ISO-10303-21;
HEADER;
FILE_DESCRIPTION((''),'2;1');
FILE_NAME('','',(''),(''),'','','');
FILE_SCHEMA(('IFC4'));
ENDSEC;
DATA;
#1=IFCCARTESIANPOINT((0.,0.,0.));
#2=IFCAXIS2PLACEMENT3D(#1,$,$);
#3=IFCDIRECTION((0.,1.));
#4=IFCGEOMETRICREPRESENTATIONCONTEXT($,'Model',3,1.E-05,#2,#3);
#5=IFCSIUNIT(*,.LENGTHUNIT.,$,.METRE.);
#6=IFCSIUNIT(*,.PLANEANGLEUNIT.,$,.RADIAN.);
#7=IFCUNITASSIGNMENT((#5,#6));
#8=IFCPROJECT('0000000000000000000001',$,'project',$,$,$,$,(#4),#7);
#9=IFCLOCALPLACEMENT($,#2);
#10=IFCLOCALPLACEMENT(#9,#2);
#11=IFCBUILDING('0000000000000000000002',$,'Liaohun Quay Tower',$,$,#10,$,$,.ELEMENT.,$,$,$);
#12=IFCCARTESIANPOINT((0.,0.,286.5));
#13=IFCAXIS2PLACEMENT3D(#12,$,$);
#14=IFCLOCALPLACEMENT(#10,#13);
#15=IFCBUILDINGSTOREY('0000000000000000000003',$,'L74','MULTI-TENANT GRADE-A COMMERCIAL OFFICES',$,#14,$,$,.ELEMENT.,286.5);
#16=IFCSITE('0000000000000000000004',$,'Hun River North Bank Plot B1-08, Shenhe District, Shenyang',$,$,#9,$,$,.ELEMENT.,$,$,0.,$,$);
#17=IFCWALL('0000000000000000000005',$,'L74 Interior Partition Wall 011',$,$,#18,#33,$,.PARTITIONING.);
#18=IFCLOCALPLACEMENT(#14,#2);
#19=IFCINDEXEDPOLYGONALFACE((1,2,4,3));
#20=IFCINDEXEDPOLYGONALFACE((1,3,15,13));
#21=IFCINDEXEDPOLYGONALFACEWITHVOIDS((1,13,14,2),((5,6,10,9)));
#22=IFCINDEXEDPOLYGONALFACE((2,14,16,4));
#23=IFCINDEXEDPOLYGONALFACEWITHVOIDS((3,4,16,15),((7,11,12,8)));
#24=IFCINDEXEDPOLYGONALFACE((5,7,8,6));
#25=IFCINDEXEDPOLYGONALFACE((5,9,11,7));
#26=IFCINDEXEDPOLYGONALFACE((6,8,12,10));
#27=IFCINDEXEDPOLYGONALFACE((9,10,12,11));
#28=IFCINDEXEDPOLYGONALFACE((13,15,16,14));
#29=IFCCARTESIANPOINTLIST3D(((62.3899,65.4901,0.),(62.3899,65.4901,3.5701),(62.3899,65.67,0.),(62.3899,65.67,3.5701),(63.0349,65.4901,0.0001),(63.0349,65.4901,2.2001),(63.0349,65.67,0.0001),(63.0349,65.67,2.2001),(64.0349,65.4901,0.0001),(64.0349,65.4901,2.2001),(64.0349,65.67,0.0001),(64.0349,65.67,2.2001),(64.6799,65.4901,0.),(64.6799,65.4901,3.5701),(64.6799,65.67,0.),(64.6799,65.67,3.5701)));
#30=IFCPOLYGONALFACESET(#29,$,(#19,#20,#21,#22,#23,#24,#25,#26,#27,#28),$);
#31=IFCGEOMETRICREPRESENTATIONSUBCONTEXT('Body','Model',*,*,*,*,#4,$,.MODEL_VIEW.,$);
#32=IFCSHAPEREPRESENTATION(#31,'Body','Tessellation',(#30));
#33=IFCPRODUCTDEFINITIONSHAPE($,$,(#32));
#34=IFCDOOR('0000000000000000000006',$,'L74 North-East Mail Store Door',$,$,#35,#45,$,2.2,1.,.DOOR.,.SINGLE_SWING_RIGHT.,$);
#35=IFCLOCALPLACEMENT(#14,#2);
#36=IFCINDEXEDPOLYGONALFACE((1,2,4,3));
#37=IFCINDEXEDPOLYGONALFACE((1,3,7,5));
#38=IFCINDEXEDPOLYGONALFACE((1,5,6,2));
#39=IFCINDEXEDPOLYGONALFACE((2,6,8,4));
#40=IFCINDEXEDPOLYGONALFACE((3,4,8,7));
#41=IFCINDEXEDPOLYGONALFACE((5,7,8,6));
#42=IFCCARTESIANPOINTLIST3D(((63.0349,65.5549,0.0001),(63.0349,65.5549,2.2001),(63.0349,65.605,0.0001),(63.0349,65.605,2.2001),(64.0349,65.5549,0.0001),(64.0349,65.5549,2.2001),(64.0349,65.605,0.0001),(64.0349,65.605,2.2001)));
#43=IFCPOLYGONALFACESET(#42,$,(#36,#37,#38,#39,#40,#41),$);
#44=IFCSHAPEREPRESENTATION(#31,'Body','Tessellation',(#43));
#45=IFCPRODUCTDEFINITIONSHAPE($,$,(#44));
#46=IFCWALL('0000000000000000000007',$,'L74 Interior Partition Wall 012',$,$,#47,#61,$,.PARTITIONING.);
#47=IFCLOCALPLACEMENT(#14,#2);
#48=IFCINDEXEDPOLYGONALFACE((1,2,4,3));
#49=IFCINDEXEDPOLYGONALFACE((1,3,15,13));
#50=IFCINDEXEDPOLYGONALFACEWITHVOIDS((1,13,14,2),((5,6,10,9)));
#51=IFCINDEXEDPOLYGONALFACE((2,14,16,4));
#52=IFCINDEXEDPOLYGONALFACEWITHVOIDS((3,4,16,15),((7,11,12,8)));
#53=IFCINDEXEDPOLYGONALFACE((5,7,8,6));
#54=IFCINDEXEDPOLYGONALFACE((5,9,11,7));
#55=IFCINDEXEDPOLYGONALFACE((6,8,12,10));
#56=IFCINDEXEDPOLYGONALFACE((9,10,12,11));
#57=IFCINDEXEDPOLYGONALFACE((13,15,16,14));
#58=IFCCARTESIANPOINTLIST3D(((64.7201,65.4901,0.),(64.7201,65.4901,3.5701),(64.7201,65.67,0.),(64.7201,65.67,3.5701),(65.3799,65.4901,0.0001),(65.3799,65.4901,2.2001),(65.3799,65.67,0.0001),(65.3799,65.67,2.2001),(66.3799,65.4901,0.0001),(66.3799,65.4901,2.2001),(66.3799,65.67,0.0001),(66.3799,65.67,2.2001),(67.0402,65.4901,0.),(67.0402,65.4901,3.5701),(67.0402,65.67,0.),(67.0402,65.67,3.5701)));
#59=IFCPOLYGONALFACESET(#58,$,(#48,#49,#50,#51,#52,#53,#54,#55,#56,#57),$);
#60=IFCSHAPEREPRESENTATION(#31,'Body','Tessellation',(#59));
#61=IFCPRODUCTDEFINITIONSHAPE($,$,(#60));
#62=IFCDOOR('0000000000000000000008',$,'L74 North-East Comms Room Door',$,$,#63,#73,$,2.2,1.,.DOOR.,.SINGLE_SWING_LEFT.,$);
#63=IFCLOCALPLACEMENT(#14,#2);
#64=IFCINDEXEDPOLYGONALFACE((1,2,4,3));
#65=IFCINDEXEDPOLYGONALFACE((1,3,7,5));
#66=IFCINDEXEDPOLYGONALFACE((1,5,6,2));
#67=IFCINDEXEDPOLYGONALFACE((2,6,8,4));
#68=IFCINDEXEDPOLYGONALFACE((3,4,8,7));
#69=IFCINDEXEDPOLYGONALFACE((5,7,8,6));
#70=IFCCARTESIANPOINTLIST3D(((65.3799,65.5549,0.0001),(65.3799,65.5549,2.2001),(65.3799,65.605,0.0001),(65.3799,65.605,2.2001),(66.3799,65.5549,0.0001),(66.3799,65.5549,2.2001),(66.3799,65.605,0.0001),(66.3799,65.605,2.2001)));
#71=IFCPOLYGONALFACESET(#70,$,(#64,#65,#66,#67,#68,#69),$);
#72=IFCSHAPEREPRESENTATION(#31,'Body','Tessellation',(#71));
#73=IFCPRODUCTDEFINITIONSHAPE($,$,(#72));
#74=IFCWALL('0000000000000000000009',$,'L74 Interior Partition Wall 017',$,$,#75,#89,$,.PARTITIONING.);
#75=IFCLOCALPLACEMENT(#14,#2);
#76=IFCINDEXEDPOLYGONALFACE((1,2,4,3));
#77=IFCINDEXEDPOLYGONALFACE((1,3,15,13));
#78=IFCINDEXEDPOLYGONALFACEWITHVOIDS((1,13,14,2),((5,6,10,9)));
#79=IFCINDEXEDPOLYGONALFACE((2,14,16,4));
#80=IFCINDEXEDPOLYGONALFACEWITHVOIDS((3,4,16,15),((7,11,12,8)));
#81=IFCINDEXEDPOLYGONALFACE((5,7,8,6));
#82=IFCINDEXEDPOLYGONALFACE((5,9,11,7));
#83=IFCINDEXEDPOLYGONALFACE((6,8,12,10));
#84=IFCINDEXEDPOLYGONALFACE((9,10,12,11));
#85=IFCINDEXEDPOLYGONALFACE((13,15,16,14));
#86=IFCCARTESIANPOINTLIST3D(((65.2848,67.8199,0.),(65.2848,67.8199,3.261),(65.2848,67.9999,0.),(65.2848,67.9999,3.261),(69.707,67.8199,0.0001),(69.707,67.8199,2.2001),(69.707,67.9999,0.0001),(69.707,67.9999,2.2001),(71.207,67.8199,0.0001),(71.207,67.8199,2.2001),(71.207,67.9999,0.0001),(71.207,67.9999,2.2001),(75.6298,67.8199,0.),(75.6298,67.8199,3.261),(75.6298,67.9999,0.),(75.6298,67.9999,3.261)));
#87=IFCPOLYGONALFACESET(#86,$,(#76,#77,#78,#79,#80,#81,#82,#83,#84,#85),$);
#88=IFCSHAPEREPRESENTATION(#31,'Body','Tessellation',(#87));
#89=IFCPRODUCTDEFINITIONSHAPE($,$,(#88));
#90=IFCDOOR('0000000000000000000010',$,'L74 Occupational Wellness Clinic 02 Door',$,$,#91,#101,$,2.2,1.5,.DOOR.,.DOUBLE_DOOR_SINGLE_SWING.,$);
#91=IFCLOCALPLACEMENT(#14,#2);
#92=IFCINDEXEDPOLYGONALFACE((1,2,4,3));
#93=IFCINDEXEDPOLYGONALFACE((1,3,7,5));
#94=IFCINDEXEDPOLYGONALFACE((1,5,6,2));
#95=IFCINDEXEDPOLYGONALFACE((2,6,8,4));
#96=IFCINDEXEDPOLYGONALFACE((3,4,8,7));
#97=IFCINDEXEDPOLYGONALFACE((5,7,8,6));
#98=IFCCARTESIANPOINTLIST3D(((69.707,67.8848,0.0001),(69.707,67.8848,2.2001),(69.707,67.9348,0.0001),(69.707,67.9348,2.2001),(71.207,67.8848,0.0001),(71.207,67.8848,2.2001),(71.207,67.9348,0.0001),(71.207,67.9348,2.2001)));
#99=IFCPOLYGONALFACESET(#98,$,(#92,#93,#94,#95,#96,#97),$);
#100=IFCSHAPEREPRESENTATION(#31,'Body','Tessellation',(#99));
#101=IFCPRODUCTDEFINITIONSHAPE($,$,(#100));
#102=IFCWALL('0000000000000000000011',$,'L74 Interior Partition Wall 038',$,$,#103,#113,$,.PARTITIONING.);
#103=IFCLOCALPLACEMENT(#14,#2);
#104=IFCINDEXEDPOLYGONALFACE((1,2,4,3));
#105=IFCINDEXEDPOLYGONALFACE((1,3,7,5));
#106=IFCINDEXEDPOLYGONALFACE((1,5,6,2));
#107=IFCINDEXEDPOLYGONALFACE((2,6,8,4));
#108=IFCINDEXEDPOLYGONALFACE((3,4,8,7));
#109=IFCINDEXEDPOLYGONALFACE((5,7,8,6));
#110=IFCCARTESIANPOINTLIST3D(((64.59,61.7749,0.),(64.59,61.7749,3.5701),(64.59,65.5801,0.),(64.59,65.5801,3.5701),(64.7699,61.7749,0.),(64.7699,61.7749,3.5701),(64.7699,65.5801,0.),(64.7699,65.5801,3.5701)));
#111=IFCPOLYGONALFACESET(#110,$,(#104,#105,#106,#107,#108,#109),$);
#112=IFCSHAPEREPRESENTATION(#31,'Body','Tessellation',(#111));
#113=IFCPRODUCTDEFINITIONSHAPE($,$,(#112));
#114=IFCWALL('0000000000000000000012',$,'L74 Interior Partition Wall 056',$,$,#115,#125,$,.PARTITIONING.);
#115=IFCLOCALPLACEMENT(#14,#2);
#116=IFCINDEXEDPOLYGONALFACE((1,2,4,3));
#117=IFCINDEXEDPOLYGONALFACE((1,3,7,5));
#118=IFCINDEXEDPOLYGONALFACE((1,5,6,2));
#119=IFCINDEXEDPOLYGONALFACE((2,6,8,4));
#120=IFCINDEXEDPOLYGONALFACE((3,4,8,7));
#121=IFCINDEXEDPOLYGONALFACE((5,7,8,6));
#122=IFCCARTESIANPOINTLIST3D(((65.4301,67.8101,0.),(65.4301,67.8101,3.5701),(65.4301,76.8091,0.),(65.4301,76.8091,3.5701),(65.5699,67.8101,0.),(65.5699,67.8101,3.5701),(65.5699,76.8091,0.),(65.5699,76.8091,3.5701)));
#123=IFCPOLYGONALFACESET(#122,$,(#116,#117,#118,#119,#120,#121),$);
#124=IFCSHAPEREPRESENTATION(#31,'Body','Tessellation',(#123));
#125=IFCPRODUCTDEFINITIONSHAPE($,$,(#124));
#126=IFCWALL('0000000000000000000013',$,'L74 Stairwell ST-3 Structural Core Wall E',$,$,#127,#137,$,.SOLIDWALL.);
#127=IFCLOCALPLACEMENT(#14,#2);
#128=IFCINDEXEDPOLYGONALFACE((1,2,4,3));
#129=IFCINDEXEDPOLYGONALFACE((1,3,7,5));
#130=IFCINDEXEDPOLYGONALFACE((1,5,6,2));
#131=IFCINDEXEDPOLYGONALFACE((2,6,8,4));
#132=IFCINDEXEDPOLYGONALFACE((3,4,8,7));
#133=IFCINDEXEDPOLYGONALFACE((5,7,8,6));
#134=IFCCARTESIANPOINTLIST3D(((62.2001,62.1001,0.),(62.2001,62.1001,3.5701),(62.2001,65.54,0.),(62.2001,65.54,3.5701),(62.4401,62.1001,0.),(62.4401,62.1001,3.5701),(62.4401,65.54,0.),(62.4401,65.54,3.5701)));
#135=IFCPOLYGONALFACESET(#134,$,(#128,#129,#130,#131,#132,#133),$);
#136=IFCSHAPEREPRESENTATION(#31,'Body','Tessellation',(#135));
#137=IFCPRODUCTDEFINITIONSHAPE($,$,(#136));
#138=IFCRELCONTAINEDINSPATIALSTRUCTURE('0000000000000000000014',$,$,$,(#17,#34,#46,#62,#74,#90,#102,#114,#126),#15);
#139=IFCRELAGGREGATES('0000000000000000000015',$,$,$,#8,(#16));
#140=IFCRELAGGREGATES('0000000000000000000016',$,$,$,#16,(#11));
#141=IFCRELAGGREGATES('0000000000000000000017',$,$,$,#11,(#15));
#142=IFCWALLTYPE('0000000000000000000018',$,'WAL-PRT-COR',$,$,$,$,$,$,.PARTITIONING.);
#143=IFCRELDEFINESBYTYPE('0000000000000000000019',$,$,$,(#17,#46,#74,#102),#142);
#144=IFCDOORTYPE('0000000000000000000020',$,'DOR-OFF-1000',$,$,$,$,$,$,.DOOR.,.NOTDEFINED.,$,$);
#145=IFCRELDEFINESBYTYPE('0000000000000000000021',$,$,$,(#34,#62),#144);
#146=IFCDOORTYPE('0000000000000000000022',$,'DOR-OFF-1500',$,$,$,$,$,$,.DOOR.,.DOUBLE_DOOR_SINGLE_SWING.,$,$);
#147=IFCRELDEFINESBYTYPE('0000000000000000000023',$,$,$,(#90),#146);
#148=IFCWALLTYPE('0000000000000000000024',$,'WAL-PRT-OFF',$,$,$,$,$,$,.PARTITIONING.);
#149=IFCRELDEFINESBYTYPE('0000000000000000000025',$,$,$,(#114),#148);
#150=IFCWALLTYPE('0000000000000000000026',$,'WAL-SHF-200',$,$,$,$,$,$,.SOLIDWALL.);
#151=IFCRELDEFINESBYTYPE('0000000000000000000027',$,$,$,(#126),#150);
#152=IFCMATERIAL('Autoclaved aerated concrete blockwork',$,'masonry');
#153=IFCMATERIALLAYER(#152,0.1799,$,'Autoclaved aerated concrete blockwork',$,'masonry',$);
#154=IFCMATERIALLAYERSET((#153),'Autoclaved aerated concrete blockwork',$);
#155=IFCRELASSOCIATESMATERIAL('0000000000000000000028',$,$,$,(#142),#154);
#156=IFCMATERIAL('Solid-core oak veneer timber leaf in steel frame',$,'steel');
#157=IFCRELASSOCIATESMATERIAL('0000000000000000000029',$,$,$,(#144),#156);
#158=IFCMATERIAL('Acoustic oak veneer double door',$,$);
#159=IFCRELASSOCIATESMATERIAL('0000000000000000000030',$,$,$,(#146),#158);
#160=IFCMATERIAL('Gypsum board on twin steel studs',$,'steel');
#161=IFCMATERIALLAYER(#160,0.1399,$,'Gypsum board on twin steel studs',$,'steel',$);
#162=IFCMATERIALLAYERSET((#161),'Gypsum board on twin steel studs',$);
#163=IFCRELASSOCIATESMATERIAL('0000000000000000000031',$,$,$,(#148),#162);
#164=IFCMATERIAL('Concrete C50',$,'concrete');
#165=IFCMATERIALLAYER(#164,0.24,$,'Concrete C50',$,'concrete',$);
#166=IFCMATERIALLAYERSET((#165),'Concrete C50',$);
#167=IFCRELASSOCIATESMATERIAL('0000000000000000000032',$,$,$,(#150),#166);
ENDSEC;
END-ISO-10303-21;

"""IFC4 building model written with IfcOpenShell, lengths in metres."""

from ifc_helpers import new_model, si_unit, direction, frame, frame_2d, origin, place, context, subcontext, project, spatial, rectangle, extrude, source, transform, mapped, material, layer, layer_set, type_object, element, fill, save


model = new_model("IFC4")

# Units and contexts
model_context = context("Model", 3, precision=1e-05, world=origin(), true_north=direction((0.0, 1.0)))
body_context = subcontext(model_context, "Body", "Model", "MODEL_VIEW")
ifc_project = project(units=[si_unit("LENGTHUNIT", "METRE"), si_unit("PLANEANGLEUNIT", "RADIAN")], contexts=[model_context])

# Site, building, storey
site_placement = place(None, origin())
site = spatial("IfcSite", under=ifc_project, at=site_placement, Name="Hun River North Bank Plot B1-08, Shenhe District, Shenyang", CompositionType="ELEMENT", RefElevation=0.0)
building_placement = place(site_placement, origin())
building = spatial("IfcBuilding", under=site, at=building_placement, Name="Liaohun Quay Tower", CompositionType="ELEMENT")
storey_placement = place(building_placement, frame((0.0, 0.0, 286.5)))
storey = spatial("IfcBuildingStorey", under=building, at=storey_placement, Name="L74", Description="MULTI-TENANT GRADE-A COMMERCIAL OFFICES", CompositionType="ELEMENT", Elevation=286.5)

# Shared definitions
ifc_material_1 = material(Name="Concrete C50", Category="concrete")

# Walls, openings, doors
ifc_material_2 = material(Name="Autoclaved aerated concrete blockwork", Category="masonry")
ifc_layer_1 = layer(ifc_material_2, 0.1799, Name="Autoclaved aerated concrete blockwork", Category="masonry")
ifc_layer_set_1 = layer_set([ifc_layer_1], Name="Autoclaved aerated concrete blockwork")
wall_type_1 = type_object("IfcWallType", Name="WAL-PRT-COR", PredefinedType="PARTITIONING", material=ifc_layer_set_1)
wall_1_placement = place(storey_placement, frame((62.3899, 65.5801, 0.0), z_axis=(0.0, 0.0, 1.0), x_axis=(1.0, 0.0, 0.0)))
wall_1 = element("IfcWall", 1, at=wall_1_placement, inside=storey, type_object=wall_type_1, Name="L74 Interior Partition Wall 011", PredefinedType="PARTITIONING", context=body_context, shape_type="SweptSolid", body=[
    extrude(rectangle(XDim=2.29, YDim=0.1799, at=frame_2d((1.145, 0.0))), origin(), (0.0, 0.0, 1.0), 3.5701),
])
shared_shape_1 = source(origin(), body_context, "Body", "SweptSolid", [
    extrude(rectangle(XDim=1.0, YDim=2.2, at=frame_2d((0.5, 1.1001))), frame((0.0, 0.0999, 0.0), z_axis=(0.0, -1.0, 0.0), x_axis=(1.0, 0.0, 0.0)), (0.0, 0.0, 1.0), 0.2),
])
opening_1_placement = place(wall_1_placement, frame((0.645, 0.0, 0.0)))
opening_1 = element("IfcOpeningElement", 2, at=opening_1_placement, cuts=wall_1, PredefinedType="OPENING", context=body_context, shape_type="MappedRepresentation", body=[
    mapped(shared_shape_1, transform((0.0, 0.0, 0.0), x_axis=(1.0, 0.0, 0.0), y_axis=(0.0, 1.0, 0.0), z_axis=(0.0, 0.0, 1.0), scale=1.0)),
])
ifc_material_3 = material(Name="Solid-core oak veneer timber leaf in steel frame", Category="steel")
door_type_1 = type_object("IfcDoorType", Name="DOR-OFF-1000", OperationType="NOTDEFINED", PredefinedType="DOOR", material=ifc_material_3)
shared_shape_2 = source(origin(), body_context, "Body", "SweptSolid", [
    extrude(rectangle(XDim=1.0, YDim=2.2, at=frame_2d((0.5, 1.1001))), frame((0.0, 0.0249, 0.0), z_axis=(0.0, -1.0, 0.0), x_axis=(1.0, 0.0, 0.0)), (0.0, 0.0, 1.0), 0.05),
])
door_1_placement = place(opening_1_placement, origin())
door_1 = element("IfcDoor", 3, at=door_1_placement, inside=storey, type_object=door_type_1, Name="L74 North-East Mail Store Door", OperationType="SINGLE_SWING_RIGHT", OverallHeight=2.2, OverallWidth=1.0, PredefinedType="DOOR", context=body_context, shape_type="MappedRepresentation", body=[
    mapped(shared_shape_2, transform((0.0, 0.0, 0.0), x_axis=(1.0, 0.0, 0.0), y_axis=(0.0, 1.0, 0.0), z_axis=(0.0, 0.0, 1.0), scale=1.0)),
])
fill(opening_1, door_1)
wall_2_placement = place(storey_placement, frame((64.72, 65.5801, 0.0), z_axis=(0.0, 0.0, 1.0), x_axis=(1.0, 0.0, 0.0)))
wall_2 = element("IfcWall", 4, at=wall_2_placement, inside=storey, type_object=wall_type_1, Name="L74 Interior Partition Wall 012", PredefinedType="PARTITIONING", context=body_context, shape_type="SweptSolid", body=[
    extrude(rectangle(XDim=2.3201, YDim=0.1799, at=frame_2d((1.1602, 0.0))), origin(), (0.0, 0.0, 1.0), 3.5701),
])
opening_2_placement = place(wall_2_placement, frame((0.6599, 0.0, 0.0)))
opening_2 = element("IfcOpeningElement", 5, at=opening_2_placement, cuts=wall_2, PredefinedType="OPENING", context=body_context, shape_type="MappedRepresentation", body=[
    mapped(shared_shape_1, transform((0.0, 0.0, 0.0), x_axis=(1.0, 0.0, 0.0), y_axis=(0.0, 1.0, 0.0), z_axis=(0.0, 0.0, 1.0), scale=1.0)),
])
door_2_placement = place(opening_2_placement, origin())
door_2 = element("IfcDoor", 6, at=door_2_placement, inside=storey, type_object=door_type_1, Name="L74 North-East Comms Room Door", OperationType="SINGLE_SWING_LEFT", OverallHeight=2.2, OverallWidth=1.0, PredefinedType="DOOR", context=body_context, shape_type="MappedRepresentation", body=[
    mapped(shared_shape_2, transform((0.0, 0.0, 0.0), x_axis=(1.0, 0.0, 0.0), y_axis=(0.0, 1.0, 0.0), z_axis=(0.0, 0.0, 1.0), scale=1.0)),
])
fill(opening_2, door_2)
wall_3_placement = place(storey_placement, frame((65.2849, 67.9099, 0.0), z_axis=(0.0, 0.0, 1.0), x_axis=(1.0, 0.0, 0.0)))
wall_3 = element("IfcWall", 7, at=wall_3_placement, inside=storey, type_object=wall_type_1, Name="L74 Interior Partition Wall 017", PredefinedType="PARTITIONING", context=body_context, shape_type="SweptSolid", body=[
    extrude(rectangle(XDim=10.345, YDim=0.1799, at=frame_2d((5.1724, 0.0))), origin(), (0.0, 0.0, 1.0), 3.261),
])
shared_shape_3 = source(origin(), body_context, "Body", "SweptSolid", [
    extrude(rectangle(XDim=1.5, YDim=2.2, at=frame_2d((0.75, 1.1001))), frame((0.0, 0.0999, 0.0), z_axis=(0.0, -1.0, 0.0), x_axis=(1.0, 0.0, 0.0)), (0.0, 0.0, 1.0), 0.2),
])
opening_3_placement = place(wall_3_placement, frame((4.4221, 0.0, 0.0)))
opening_3 = element("IfcOpeningElement", 8, at=opening_3_placement, cuts=wall_3, PredefinedType="OPENING", context=body_context, shape_type="MappedRepresentation", body=[
    mapped(shared_shape_3, transform((0.0, 0.0, 0.0), x_axis=(1.0, 0.0, 0.0), y_axis=(0.0, 1.0, 0.0), z_axis=(0.0, 0.0, 1.0), scale=1.0)),
])
ifc_material_4 = material(Name="Acoustic oak veneer double door")
door_type_2 = type_object("IfcDoorType", Name="DOR-OFF-1500", OperationType="DOUBLE_DOOR_SINGLE_SWING", PredefinedType="DOOR", material=ifc_material_4)
shared_shape_4 = source(origin(), body_context, "Body", "SweptSolid", [
    extrude(rectangle(XDim=1.5, YDim=2.2, at=frame_2d((0.75, 1.1001))), frame((0.0, 0.0249, 0.0), z_axis=(0.0, -1.0, 0.0), x_axis=(1.0, 0.0, 0.0)), (0.0, 0.0, 1.0), 0.05),
])
door_3_placement = place(opening_3_placement, origin())
door_3 = element("IfcDoor", 9, at=door_3_placement, inside=storey, type_object=door_type_2, Name="L74 Occupational Wellness Clinic 02 Door", OperationType="DOUBLE_DOOR_SINGLE_SWING", OverallHeight=2.2, OverallWidth=1.5, PredefinedType="DOOR", context=body_context, shape_type="MappedRepresentation", body=[
    mapped(shared_shape_4, transform((0.0, 0.0, 0.0), x_axis=(1.0, 0.0, 0.0), y_axis=(0.0, 1.0, 0.0), z_axis=(0.0, 0.0, 1.0), scale=1.0)),
])
fill(opening_3, door_3)

# Walls
wall_4_placement = place(storey_placement, frame((64.6799, 61.7749, 0.0), z_axis=(0.0, 0.0, 1.0), x_axis=(0.0, 1.0, 0.0)))
element("IfcWall", 10, at=wall_4_placement, inside=storey, type_object=wall_type_1, Name="L74 Interior Partition Wall 038", PredefinedType="PARTITIONING", context=body_context, shape_type="SweptSolid", body=[
    extrude(rectangle(XDim=3.8052, YDim=0.1799, at=frame_2d((1.9026, 0.0))), origin(), (0.0, 0.0, 1.0), 3.5701),
])
ifc_material_5 = material(Name="Gypsum board on twin steel studs", Category="steel")
ifc_layer_2 = layer(ifc_material_5, 0.1399, Name="Gypsum board on twin steel studs", Category="steel")
ifc_layer_set_2 = layer_set([ifc_layer_2], Name="Gypsum board on twin steel studs")
wall_type_2 = type_object("IfcWallType", Name="WAL-PRT-OFF", PredefinedType="PARTITIONING", material=ifc_layer_set_2)
wall_5_placement = place(storey_placement, frame((65.5, 67.8101, 0.0), z_axis=(0.0, 0.0, 1.0), x_axis=(0.0, 1.0, 0.0)))
element("IfcWall", 11, at=wall_5_placement, inside=storey, type_object=wall_type_2, Name="L74 Interior Partition Wall 056", PredefinedType="PARTITIONING", context=body_context, shape_type="SweptSolid", body=[
    extrude(rectangle(XDim=8.999, YDim=0.1399, at=frame_2d((4.4995, 0.0))), origin(), (0.0, 0.0, 1.0), 3.5701),
])
ifc_layer_3 = layer(ifc_material_1, 0.24, Name="Concrete C50", Category="concrete")
ifc_layer_set_3 = layer_set([ifc_layer_3], Name="Concrete C50")
wall_type_3 = type_object("IfcWallType", Name="WAL-SHF-200", PredefinedType="SOLIDWALL", material=ifc_layer_set_3)
wall_6_placement = place(storey_placement, frame((62.3201, 62.1001, 0.0), z_axis=(0.0, 0.0, 1.0), x_axis=(0.0, 1.0, 0.0)))
element("IfcWall", 12, at=wall_6_placement, inside=storey, type_object=wall_type_3, Name="L74 Stairwell ST-3 Structural Core Wall E", PredefinedType="SOLIDWALL", context=body_context, shape_type="SweptSolid", body=[
    extrude(rectangle(XDim=3.4399, YDim=0.24, at=frame_2d((1.72, 0.0))), origin(), (0.0, 0.0, 1.0), 3.5701),
])

save(model, "model.ifc")
